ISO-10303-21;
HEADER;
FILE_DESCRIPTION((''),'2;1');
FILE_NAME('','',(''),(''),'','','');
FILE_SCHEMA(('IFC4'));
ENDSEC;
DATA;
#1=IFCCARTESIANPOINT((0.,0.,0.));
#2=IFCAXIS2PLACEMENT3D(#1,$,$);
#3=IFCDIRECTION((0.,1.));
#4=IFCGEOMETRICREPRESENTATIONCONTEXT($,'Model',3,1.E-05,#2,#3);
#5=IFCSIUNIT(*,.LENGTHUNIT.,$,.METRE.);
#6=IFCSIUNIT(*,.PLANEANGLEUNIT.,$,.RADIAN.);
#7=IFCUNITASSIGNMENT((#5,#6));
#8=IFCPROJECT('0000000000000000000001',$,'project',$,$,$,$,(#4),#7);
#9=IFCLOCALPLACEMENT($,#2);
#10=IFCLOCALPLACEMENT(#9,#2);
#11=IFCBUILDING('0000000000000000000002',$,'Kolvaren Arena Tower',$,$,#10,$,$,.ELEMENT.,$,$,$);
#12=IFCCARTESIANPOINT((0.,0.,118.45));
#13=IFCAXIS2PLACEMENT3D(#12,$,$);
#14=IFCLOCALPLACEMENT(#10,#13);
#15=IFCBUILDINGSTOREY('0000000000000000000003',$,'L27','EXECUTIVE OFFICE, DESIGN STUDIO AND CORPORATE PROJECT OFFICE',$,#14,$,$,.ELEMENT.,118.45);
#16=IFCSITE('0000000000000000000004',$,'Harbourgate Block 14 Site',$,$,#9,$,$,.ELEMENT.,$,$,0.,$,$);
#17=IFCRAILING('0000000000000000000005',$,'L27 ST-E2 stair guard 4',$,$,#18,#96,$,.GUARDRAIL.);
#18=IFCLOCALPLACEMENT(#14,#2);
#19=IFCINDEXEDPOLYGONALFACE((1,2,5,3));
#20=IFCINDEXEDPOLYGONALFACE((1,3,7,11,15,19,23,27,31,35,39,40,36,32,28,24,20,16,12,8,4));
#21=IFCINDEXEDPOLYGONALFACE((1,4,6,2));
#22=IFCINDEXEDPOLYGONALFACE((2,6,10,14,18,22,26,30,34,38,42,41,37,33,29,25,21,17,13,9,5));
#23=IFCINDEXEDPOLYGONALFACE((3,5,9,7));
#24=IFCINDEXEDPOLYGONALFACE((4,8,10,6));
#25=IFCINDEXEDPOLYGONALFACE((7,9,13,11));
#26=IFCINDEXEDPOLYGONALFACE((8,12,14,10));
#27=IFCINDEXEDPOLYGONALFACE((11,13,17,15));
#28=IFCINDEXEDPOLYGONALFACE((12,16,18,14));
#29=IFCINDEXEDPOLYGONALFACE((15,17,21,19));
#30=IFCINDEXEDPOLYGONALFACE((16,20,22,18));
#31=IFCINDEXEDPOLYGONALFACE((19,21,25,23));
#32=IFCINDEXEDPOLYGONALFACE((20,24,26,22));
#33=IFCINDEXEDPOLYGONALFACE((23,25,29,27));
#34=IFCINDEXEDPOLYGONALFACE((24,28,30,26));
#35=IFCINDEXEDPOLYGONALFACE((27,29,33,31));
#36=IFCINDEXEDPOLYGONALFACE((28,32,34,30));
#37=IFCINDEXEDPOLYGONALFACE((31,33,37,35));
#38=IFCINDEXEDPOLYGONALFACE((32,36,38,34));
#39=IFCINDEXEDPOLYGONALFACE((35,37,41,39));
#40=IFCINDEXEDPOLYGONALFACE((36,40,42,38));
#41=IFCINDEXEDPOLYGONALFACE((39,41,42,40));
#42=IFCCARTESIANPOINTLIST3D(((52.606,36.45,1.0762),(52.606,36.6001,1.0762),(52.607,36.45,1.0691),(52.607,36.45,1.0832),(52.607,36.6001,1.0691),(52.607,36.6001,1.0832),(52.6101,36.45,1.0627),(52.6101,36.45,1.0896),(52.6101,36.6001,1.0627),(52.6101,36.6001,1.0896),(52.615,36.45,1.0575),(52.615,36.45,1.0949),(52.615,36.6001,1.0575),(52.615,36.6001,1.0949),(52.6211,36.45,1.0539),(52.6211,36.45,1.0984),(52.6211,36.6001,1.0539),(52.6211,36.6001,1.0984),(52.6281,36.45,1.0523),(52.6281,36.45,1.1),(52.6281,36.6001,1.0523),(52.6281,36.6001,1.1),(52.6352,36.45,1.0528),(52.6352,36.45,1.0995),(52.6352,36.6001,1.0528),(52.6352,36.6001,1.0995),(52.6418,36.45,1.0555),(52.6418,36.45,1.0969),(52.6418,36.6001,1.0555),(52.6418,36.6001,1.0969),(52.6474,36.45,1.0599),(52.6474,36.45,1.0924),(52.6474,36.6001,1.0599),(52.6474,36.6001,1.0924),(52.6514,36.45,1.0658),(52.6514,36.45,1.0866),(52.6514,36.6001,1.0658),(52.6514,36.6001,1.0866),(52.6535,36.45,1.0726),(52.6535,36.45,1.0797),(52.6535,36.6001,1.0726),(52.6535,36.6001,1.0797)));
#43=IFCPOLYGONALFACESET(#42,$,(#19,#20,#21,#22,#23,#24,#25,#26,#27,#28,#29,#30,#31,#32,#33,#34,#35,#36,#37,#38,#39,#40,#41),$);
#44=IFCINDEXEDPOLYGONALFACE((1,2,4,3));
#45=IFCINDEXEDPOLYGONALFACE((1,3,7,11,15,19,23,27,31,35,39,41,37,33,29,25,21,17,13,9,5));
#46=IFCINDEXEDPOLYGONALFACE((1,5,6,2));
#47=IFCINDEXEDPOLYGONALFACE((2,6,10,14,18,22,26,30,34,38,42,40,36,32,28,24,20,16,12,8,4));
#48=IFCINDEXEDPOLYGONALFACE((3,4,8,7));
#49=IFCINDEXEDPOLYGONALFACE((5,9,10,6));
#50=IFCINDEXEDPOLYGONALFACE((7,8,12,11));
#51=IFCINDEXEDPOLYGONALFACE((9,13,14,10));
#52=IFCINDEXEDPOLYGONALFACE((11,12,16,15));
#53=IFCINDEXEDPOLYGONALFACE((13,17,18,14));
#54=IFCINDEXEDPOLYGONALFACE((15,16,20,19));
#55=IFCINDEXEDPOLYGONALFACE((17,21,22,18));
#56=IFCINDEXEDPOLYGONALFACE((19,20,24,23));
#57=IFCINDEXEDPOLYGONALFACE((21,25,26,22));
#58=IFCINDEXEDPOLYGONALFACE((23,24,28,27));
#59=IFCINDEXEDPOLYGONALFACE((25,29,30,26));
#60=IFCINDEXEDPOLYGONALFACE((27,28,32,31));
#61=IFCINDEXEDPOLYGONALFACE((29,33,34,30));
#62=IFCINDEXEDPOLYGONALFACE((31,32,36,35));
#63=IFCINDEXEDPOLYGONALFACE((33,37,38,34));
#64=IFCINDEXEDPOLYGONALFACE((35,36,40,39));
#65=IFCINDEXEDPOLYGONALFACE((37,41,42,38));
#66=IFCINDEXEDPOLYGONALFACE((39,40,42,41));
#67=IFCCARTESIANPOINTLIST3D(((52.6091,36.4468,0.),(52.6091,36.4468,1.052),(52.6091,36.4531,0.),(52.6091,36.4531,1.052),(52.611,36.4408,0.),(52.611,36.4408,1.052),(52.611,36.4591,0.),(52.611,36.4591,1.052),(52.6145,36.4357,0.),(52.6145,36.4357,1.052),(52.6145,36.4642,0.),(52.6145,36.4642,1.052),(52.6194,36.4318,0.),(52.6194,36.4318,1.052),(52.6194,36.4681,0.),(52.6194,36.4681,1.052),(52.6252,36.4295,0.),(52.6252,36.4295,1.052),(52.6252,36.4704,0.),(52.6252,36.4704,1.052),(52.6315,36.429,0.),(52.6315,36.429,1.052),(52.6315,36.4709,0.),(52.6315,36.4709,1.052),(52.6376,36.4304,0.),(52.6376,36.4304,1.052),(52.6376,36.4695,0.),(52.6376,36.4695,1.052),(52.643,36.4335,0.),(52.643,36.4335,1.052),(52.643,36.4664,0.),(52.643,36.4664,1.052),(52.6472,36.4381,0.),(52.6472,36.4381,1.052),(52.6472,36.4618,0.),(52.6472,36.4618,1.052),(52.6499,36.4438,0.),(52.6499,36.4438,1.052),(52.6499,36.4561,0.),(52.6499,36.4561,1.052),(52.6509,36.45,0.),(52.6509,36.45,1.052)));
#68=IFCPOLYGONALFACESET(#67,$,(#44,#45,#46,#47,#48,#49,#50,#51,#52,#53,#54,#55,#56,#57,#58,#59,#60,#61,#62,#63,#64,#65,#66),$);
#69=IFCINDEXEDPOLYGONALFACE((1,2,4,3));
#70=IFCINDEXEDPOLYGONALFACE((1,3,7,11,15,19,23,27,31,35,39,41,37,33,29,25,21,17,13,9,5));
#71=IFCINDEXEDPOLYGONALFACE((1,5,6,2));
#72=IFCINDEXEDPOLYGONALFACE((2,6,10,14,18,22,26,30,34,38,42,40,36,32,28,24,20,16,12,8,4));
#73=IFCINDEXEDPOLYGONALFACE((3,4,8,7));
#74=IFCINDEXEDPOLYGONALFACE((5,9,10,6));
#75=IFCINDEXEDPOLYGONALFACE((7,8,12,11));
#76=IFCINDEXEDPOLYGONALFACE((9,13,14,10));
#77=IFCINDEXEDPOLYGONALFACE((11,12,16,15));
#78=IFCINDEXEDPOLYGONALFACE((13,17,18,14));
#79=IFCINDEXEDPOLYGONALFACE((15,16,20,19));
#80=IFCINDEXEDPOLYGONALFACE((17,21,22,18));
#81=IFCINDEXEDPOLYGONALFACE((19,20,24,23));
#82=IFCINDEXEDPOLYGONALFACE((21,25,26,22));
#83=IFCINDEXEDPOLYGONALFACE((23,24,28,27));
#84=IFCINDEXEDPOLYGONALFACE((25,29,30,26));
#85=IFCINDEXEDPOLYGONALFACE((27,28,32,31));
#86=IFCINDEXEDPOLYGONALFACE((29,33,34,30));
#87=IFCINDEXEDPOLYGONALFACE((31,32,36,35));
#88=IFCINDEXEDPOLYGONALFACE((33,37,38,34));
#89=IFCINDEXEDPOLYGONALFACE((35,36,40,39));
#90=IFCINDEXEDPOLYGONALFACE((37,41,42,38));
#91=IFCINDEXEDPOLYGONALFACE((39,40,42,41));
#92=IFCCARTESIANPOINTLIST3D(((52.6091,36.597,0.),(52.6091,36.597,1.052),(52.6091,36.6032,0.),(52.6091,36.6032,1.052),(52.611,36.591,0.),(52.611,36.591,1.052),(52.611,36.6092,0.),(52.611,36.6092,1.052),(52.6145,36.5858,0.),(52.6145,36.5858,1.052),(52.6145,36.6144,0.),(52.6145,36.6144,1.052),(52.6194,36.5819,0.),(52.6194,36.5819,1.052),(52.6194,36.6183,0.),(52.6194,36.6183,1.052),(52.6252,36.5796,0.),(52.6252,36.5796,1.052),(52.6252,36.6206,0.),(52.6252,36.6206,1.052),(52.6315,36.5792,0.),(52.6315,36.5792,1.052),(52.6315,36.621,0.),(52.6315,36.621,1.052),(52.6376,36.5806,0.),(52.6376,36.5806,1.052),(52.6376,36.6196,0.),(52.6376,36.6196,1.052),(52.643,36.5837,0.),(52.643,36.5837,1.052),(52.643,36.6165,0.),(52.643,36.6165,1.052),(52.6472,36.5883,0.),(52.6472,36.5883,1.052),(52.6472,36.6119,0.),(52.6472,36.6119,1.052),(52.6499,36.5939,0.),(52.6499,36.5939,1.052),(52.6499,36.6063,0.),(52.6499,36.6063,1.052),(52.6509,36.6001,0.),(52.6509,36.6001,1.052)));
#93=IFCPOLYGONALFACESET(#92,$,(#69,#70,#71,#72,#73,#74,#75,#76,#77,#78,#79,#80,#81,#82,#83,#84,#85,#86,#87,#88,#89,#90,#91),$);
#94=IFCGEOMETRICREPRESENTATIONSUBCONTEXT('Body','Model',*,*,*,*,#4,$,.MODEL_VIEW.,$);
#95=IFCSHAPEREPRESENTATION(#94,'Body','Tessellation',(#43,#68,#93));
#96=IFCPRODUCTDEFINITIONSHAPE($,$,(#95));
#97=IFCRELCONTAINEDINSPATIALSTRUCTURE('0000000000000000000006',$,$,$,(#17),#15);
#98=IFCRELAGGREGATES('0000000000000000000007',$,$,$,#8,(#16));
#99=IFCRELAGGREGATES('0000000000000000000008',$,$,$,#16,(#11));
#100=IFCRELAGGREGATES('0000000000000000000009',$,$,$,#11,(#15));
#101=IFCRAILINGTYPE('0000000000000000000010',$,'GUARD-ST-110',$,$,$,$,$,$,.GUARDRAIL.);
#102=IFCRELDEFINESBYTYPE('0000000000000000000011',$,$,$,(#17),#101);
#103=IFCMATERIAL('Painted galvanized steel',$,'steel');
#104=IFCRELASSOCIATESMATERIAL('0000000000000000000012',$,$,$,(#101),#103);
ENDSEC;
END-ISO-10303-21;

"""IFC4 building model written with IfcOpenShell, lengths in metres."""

from ifc_helpers import new_model, si_unit, direction, frame, origin, origin_2d, place, context, subcontext, project, spatial, circle, extrude, material, type_object, element, save


model = new_model("IFC4")

# Units and contexts
model_context = context("Model", 3, precision=1e-05, world=origin(), true_north=direction((0.0, 1.0)))
body_context = subcontext(model_context, "Body", "Model", "MODEL_VIEW")
ifc_project = project(units=[si_unit("LENGTHUNIT", "METRE"), si_unit("PLANEANGLEUNIT", "RADIAN")], contexts=[model_context])

# Site, building, storey
site_placement = place(None, origin())
site = spatial("IfcSite", under=ifc_project, at=site_placement, Name="Harbourgate Block 14 Site", CompositionType="ELEMENT", RefElevation=0.0)
building_placement = place(site_placement, origin())
building = spatial("IfcBuilding", under=site, at=building_placement, Name="Kolvaren Arena Tower", CompositionType="ELEMENT")
storey_placement = place(building_placement, frame((0.0, 0.0, 118.45)))
storey = spatial("IfcBuildingStorey", under=building, at=storey_placement, Name="L27", Description="EXECUTIVE OFFICE, DESIGN STUDIO AND CORPORATE PROJECT OFFICE", CompositionType="ELEMENT", Elevation=118.45)

# Railing
ifc_material_1 = material(Name="Painted galvanized steel", Category="steel")
railing_type_1 = type_object("IfcRailingType", Name="GUARD-ST-110", PredefinedType="GUARDRAIL", material=ifc_material_1)
railing_1_placement = place(storey_placement, frame((52.6299, 36.45, 0.0)))
element("IfcRailing", 1, at=railing_1_placement, inside=storey, type_object=railing_type_1, Name="L27 ST-E2 stair guard 4", PredefinedType="GUARDRAIL", context=body_context, shape_type="SweptSolid", body=[
    extrude(circle(Radius=0.0239, at=origin_2d()), frame((0.0, 0.0, 1.0762), z_axis=(0.0, 1.0, 0.0), x_axis=(-1.0, 0.0, 0.0)), (0.0, 0.0, 1.0), 0.1501),
    extrude(circle(Radius=0.021, at=origin_2d()), origin(), (0.0, 0.0, 1.0), 1.052),
    extrude(circle(Radius=0.021, at=origin_2d()), frame((0.0, 0.1501, 0.0)), (0.0, 0.0, 1.0), 1.052),
])

save(model, "model.ifc")
